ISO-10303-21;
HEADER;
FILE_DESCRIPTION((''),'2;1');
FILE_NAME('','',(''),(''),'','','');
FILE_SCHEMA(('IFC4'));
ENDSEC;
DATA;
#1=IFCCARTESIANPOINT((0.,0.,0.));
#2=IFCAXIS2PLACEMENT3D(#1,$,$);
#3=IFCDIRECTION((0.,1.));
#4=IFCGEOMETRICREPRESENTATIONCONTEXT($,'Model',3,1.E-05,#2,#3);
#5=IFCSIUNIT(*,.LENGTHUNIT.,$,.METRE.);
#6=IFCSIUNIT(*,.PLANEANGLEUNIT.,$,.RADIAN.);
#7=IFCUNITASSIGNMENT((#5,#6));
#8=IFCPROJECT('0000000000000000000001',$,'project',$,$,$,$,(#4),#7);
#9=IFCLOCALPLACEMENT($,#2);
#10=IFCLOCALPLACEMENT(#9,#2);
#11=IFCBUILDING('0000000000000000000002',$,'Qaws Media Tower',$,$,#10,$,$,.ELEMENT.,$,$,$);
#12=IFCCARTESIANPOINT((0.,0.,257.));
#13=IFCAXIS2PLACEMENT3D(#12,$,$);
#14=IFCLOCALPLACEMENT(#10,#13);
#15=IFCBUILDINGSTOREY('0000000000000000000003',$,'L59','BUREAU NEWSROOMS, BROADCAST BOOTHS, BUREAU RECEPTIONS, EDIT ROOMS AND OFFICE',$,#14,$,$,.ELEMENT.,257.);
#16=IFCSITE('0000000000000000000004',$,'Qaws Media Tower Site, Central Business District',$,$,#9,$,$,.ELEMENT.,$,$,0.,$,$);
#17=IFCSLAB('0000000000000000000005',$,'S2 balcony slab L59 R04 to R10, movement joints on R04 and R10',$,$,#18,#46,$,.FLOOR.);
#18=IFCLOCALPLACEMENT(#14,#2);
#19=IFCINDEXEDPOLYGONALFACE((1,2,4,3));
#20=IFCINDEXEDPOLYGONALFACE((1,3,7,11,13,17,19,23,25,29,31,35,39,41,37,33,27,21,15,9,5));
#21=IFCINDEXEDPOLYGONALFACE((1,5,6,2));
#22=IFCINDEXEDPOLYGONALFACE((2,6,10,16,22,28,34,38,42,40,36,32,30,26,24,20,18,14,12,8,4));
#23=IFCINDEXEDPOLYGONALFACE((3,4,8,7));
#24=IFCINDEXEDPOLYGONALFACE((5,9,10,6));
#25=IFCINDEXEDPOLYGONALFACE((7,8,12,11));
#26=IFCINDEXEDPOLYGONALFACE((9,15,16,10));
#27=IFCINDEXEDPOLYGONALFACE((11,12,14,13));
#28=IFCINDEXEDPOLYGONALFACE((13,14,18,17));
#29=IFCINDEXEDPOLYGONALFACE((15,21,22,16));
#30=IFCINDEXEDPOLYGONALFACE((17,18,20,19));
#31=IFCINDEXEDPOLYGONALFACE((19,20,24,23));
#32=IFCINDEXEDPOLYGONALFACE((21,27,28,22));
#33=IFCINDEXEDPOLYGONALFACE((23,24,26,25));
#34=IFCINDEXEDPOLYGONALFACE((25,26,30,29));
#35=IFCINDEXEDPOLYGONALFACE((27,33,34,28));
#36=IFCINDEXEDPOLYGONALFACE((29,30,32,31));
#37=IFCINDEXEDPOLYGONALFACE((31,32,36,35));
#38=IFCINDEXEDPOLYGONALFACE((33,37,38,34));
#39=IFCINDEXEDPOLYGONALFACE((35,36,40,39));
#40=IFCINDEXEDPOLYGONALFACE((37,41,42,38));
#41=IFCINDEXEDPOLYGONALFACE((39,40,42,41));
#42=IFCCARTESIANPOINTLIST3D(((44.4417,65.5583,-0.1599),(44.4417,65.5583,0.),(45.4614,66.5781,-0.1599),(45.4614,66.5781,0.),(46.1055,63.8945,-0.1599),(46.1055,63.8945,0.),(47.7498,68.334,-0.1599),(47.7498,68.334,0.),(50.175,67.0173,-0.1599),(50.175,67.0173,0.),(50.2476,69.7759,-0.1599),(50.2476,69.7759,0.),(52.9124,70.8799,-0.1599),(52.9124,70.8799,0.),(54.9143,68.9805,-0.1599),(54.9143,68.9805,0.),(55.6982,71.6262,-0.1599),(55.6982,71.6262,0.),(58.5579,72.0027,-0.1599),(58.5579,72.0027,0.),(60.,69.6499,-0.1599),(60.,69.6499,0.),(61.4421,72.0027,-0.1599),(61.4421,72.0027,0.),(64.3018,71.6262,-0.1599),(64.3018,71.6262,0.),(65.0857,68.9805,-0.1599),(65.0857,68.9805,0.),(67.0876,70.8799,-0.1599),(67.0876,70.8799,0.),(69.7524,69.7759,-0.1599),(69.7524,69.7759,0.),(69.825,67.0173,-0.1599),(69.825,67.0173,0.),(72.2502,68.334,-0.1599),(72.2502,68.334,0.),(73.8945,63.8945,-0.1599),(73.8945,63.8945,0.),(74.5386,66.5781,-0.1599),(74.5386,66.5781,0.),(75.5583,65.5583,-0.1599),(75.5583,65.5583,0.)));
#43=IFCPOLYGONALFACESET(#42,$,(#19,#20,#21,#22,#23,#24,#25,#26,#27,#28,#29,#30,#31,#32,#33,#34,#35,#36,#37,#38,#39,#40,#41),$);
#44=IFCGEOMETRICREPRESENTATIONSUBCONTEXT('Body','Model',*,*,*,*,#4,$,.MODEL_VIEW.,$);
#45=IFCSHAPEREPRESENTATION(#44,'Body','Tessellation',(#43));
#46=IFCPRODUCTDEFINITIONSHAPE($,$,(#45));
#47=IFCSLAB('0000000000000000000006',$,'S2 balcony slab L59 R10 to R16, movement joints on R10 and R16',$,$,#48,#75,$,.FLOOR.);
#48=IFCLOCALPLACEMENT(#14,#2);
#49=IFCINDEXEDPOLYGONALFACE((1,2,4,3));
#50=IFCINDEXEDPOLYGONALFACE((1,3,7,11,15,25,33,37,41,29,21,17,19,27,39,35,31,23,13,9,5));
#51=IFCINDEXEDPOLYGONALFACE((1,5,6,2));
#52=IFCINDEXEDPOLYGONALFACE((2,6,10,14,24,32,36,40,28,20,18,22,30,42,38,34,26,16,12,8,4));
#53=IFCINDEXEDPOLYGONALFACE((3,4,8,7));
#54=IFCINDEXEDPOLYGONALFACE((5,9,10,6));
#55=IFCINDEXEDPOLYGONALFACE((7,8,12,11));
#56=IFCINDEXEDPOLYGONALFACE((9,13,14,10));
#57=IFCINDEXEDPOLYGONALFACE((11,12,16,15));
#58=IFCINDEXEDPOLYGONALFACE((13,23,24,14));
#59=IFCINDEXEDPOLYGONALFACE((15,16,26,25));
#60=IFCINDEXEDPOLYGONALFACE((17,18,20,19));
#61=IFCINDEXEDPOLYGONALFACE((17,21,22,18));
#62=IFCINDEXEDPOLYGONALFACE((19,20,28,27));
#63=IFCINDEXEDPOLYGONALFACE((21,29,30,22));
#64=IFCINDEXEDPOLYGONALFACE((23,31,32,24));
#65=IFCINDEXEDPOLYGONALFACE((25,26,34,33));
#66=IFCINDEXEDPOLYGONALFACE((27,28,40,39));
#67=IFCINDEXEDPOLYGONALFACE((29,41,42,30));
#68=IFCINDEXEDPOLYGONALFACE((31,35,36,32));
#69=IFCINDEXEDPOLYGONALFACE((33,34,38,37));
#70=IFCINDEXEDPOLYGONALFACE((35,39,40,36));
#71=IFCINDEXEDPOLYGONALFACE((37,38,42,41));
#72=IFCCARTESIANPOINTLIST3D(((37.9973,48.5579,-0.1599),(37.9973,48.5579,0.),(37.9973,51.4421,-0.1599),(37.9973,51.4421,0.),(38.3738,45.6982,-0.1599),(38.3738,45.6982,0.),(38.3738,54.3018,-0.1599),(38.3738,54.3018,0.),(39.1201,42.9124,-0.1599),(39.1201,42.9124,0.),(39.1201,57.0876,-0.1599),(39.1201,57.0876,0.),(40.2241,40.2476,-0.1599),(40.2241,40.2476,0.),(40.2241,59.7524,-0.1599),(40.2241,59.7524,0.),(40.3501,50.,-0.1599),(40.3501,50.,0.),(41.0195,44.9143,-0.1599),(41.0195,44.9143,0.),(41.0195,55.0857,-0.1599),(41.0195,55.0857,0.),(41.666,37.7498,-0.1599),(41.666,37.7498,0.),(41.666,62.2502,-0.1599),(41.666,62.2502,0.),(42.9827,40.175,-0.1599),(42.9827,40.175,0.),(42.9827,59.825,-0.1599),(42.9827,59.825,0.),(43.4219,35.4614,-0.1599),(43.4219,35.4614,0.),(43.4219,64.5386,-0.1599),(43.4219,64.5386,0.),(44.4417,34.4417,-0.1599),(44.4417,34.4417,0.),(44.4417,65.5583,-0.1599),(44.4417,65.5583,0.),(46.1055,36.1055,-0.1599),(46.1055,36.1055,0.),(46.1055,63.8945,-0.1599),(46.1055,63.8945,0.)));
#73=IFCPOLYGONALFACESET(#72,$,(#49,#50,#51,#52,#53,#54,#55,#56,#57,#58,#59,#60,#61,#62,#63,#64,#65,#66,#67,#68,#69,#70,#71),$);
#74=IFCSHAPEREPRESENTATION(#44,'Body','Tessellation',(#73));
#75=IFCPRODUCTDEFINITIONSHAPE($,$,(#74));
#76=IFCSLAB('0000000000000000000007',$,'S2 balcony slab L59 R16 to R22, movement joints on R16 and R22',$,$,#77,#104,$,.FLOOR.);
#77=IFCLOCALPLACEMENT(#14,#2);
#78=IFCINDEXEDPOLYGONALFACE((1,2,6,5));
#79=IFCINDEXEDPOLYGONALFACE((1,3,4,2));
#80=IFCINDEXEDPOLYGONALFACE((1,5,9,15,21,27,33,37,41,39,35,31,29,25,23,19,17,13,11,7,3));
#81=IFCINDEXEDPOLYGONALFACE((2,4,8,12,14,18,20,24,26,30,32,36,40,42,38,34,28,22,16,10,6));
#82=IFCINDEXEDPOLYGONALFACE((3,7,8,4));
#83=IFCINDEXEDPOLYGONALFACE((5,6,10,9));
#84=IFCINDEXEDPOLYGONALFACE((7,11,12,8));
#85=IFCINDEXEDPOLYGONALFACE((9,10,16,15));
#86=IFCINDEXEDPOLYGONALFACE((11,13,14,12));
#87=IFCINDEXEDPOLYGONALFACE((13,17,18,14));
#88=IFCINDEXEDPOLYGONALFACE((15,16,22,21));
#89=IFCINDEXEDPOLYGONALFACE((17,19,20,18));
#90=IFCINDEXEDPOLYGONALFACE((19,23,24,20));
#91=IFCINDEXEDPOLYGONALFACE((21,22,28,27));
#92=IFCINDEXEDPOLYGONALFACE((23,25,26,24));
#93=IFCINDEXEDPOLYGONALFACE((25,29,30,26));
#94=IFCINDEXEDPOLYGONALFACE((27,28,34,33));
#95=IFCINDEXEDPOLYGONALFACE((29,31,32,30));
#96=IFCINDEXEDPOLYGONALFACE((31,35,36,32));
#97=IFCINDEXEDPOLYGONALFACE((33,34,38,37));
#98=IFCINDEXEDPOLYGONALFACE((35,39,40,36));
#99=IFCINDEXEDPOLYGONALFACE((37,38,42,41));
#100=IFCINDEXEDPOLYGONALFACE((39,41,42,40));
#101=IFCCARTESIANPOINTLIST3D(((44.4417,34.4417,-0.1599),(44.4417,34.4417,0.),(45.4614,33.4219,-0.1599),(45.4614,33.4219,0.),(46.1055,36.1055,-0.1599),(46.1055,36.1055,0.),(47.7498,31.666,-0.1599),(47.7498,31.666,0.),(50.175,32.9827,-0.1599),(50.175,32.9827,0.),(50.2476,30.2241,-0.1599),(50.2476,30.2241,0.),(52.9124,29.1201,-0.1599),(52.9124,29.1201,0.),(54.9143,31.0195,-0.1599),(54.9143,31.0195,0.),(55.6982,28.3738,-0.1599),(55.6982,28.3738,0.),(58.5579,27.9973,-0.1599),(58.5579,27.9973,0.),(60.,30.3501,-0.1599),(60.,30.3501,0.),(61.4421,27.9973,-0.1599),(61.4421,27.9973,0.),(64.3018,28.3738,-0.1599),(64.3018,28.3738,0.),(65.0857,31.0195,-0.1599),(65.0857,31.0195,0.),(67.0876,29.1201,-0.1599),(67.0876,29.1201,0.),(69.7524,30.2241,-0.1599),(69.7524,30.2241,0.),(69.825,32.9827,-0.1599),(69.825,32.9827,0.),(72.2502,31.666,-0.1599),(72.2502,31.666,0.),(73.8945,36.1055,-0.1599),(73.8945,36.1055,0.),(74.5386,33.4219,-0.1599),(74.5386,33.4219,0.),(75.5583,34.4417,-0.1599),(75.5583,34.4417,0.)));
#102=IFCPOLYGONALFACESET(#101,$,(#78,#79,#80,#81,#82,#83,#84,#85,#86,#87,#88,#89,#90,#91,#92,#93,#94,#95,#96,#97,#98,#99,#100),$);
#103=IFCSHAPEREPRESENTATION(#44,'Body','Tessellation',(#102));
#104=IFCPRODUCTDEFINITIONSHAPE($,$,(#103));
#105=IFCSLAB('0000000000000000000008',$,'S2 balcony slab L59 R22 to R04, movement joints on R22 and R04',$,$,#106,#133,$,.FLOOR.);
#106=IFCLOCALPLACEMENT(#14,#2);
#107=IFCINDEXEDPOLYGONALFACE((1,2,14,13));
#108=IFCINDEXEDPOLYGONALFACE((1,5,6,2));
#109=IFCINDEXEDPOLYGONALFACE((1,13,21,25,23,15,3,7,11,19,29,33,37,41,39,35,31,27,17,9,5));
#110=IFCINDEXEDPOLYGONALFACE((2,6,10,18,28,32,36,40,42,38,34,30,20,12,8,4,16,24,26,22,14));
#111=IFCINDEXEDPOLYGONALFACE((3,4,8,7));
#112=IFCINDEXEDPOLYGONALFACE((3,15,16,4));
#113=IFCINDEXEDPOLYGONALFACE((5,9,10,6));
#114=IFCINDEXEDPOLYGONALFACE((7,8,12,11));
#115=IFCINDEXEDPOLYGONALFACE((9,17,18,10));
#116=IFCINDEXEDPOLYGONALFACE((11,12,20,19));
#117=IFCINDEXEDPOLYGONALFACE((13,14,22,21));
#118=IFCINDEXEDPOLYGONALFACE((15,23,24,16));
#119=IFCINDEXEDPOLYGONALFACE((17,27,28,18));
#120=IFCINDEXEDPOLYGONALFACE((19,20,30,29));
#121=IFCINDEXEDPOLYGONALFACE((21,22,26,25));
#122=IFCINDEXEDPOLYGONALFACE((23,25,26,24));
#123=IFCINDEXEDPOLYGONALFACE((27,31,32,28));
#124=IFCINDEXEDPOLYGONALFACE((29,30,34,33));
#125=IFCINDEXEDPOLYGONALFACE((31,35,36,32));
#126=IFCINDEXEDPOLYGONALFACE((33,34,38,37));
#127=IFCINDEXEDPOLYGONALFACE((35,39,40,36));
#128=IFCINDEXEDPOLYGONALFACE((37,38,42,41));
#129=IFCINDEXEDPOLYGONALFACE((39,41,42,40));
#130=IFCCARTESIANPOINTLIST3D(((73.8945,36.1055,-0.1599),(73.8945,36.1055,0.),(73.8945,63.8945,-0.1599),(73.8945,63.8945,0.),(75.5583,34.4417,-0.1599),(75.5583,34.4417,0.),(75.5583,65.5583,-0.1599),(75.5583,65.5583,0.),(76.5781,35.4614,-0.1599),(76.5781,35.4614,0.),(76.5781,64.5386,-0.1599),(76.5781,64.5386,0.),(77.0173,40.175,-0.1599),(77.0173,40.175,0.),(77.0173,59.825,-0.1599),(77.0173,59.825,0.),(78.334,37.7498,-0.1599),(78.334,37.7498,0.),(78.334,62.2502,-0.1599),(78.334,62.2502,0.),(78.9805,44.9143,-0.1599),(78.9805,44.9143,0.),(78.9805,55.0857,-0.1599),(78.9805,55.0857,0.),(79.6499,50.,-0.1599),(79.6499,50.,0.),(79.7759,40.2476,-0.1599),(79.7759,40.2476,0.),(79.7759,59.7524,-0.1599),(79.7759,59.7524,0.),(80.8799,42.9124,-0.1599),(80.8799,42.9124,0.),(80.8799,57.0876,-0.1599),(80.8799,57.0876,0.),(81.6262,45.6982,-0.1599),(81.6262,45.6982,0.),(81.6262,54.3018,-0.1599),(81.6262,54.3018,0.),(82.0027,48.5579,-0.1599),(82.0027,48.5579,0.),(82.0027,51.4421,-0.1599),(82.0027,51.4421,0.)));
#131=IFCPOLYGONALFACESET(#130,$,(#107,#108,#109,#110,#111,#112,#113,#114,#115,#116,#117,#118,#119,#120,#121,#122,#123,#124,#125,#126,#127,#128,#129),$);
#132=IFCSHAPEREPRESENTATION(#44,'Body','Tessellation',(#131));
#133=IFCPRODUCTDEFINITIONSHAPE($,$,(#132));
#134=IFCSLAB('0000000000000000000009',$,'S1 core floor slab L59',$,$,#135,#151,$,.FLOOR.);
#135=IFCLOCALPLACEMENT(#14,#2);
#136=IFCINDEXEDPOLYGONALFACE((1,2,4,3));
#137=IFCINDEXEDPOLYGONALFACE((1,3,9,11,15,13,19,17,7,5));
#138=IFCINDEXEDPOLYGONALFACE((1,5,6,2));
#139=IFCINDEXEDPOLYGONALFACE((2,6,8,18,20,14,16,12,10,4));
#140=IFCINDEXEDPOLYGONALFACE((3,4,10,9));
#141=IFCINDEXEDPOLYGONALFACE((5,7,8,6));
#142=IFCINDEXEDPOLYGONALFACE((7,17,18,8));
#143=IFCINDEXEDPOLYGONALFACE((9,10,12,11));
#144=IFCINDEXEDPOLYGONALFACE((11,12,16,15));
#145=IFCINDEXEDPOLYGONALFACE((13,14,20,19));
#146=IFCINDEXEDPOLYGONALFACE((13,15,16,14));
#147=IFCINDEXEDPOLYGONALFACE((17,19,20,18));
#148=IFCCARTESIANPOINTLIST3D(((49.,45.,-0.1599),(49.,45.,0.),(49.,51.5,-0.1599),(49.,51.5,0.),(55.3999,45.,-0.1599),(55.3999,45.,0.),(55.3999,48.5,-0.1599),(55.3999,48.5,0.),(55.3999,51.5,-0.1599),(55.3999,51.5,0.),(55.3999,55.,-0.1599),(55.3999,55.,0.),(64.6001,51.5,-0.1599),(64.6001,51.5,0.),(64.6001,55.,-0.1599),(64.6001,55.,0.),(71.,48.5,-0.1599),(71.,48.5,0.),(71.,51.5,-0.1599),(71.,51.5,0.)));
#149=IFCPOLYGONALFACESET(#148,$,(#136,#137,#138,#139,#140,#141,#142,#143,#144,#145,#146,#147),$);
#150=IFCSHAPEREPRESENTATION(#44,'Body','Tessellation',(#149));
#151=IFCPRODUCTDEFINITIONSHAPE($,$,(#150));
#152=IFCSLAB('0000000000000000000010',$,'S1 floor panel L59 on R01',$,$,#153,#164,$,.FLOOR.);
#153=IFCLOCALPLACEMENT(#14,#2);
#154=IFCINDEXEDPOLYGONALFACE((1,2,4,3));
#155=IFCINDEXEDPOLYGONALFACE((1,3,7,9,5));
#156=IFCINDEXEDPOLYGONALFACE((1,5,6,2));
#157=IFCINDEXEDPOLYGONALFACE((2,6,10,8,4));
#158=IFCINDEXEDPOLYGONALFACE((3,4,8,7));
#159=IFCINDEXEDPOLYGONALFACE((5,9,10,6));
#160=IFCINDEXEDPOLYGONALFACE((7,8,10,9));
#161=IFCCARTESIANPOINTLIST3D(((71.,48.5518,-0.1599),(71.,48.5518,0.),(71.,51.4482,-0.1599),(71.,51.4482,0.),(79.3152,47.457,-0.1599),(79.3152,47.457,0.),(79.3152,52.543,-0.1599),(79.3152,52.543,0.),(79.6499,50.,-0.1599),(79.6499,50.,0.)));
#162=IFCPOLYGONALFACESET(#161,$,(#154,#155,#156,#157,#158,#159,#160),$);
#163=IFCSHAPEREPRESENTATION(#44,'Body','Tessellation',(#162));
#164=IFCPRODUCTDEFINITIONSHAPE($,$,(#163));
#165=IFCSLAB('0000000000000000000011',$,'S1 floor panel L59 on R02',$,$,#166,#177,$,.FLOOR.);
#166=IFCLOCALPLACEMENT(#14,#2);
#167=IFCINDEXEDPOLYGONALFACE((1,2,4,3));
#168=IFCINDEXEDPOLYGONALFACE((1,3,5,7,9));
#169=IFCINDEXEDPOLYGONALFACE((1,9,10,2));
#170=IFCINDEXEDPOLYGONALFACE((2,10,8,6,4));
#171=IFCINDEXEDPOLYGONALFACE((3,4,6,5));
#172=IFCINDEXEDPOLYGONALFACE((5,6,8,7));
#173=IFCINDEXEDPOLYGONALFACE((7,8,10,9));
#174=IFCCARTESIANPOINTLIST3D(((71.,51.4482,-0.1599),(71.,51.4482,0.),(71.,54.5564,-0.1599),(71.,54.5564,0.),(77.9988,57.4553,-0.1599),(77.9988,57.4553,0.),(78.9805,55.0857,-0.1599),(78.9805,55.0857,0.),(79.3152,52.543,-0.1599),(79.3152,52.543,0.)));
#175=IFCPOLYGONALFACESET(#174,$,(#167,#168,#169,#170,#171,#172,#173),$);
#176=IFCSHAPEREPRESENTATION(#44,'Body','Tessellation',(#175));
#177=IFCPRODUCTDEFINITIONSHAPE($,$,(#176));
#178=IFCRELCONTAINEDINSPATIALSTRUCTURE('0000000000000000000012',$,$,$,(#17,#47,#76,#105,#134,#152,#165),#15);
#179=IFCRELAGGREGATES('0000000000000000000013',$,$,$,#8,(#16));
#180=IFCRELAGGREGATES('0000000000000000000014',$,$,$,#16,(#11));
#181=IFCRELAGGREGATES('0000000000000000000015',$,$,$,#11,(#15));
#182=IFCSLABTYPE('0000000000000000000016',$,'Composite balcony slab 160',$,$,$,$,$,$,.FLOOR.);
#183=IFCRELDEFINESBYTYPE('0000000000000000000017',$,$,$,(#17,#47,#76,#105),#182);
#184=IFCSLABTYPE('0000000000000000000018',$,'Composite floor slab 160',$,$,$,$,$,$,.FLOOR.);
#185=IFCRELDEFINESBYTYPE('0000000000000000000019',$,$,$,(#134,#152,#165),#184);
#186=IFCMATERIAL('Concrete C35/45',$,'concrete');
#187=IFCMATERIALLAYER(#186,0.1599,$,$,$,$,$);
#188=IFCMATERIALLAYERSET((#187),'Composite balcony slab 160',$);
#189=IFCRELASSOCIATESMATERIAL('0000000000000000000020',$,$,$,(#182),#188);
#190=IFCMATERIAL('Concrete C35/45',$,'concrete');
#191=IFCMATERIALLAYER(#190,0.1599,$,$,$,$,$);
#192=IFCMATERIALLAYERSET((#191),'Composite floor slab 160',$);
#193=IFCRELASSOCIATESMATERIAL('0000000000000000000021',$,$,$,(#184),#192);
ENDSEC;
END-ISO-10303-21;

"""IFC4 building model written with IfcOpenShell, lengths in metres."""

from ifc_helpers import new_model, si_unit, direction, frame, origin, place, context, subcontext, project, spatial, polyline, outline, extrude, material, layer, layer_set, type_object, element, save


model = new_model("IFC4")

# Units and contexts
model_context = context("Model", 3, precision=1e-05, world=origin(), true_north=direction((0.0, 1.0)))
body_context = subcontext(model_context, "Body", "Model", "MODEL_VIEW")
ifc_project = project(units=[si_unit("LENGTHUNIT", "METRE"), si_unit("PLANEANGLEUNIT", "RADIAN")], contexts=[model_context])

# Site, building, storey
site_placement = place(None, origin())
site = spatial("IfcSite", under=ifc_project, at=site_placement, Name="Qaws Media Tower Site, Central Business District", CompositionType="ELEMENT", RefElevation=0.0)
building_placement = place(site_placement, origin())
building = spatial("IfcBuilding", under=site, at=building_placement, Name="Qaws Media Tower", CompositionType="ELEMENT")
storey_placement = place(building_placement, frame((0.0, 0.0, 257.0)))
storey = spatial("IfcBuildingStorey", under=building, at=storey_placement, Name="L59", Description="BUREAU NEWSROOMS, BROADCAST BOOTHS, BUREAU RECEPTIONS, EDIT ROOMS AND OFFICE", CompositionType="ELEMENT", Elevation=257.0)

# Slabs
ifc_material_1 = material(Name="Concrete C35/45", Category="concrete")
ifc_layer_1 = layer(ifc_material_1, 0.1599)
ifc_layer_set_1 = layer_set([ifc_layer_1], Name="Composite balcony slab 160")
slab_type_1 = type_object("IfcSlabType", Name="Composite balcony slab 160", PredefinedType="FLOOR", material=ifc_layer_set_1)
slab_1_placement = place(storey_placement, frame((0.0, 0.0, -0.1599)))
element("IfcSlab", 1, at=slab_1_placement, inside=storey, type_object=slab_type_1, Name="S2 balcony slab L59 R04 to R10, movement joints on R04 and R10", PredefinedType="FLOOR", context=body_context, shape_type="SweptSolid", body=[
    extrude(outline(polyline([(45.4614, 66.5781), (47.7498, 68.334), (50.2476, 69.7759), (52.9124, 70.8799), (55.6982, 71.6262), (58.5579, 72.0027), (61.4421, 72.0027), (64.3018, 71.6262), (67.0876, 70.8799), (69.7524, 69.7759), (72.2502, 68.334), (74.5386, 66.5781), (75.5583, 65.5583), (73.8945, 63.8945), (69.825, 67.0173), (65.0857, 68.9805), (60.0, 69.6499), (54.9143, 68.9805), (50.175, 67.0173), (46.1055, 63.8945), (44.4417, 65.5583), (45.4614, 66.5781)])), origin(), (0.0, 0.0, 1.0), 0.1599),
])
slab_2_placement = place(storey_placement, frame((0.0, 0.0, -0.1599)))
element("IfcSlab", 2, at=slab_2_placement, inside=storey, type_object=slab_type_1, Name="S2 balcony slab L59 R10 to R16, movement joints on R10 and R16", PredefinedType="FLOOR", context=body_context, shape_type="SweptSolid", body=[
    extrude(outline(polyline([(43.4219, 35.4614), (41.666, 37.7498), (40.2241, 40.2476), (39.1201, 42.9124), (38.3738, 45.6982), (37.9973, 48.5579), (37.9973, 51.4421), (38.3738, 54.3018), (39.1201, 57.0876), (40.2241, 59.7524), (41.666, 62.2502), (43.4219, 64.5386), (44.4417, 65.5583), (46.1055, 63.8945), (42.9827, 59.825), (41.0195, 55.0857), (40.3501, 50.0), (41.0195, 44.9143), (42.9827, 40.175), (46.1055, 36.1055), (44.4417, 34.4417), (43.4219, 35.4614)])), origin(), (0.0, 0.0, 1.0), 0.1599),
])
slab_3_placement = place(storey_placement, frame((0.0, 0.0, -0.1599)))
element("IfcSlab", 3, at=slab_3_placement, inside=storey, type_object=slab_type_1, Name="S2 balcony slab L59 R16 to R22, movement joints on R16 and R22", PredefinedType="FLOOR", context=body_context, shape_type="SweptSolid", body=[
    extrude(outline(polyline([(74.5386, 33.4219), (72.2502, 31.666), (69.7524, 30.2241), (67.0876, 29.1201), (64.3018, 28.3738), (61.4421, 27.9973), (58.5579, 27.9973), (55.6982, 28.3738), (52.9124, 29.1201), (50.2476, 30.2241), (47.7498, 31.666), (45.4614, 33.4219), (44.4417, 34.4417), (46.1055, 36.1055), (50.175, 32.9827), (54.9143, 31.0195), (60.0, 30.3501), (65.0857, 31.0195), (69.825, 32.9827), (73.8945, 36.1055), (75.5583, 34.4417), (74.5386, 33.4219)])), origin(), (0.0, 0.0, 1.0), 0.1599),
])
slab_4_placement = place(storey_placement, frame((0.0, 0.0, -0.1599)))
element("IfcSlab", 4, at=slab_4_placement, inside=storey, type_object=slab_type_1, Name="S2 balcony slab L59 R22 to R04, movement joints on R22 and R04", PredefinedType="FLOOR", context=body_context, shape_type="SweptSolid", body=[
    extrude(outline(polyline([(81.6262, 45.6982), (80.8799, 42.9124), (79.7759, 40.2476), (78.334, 37.7498), (76.5781, 35.4614), (75.5583, 34.4417), (73.8945, 36.1055), (77.0173, 40.175), (78.9805, 44.9143), (79.6499, 50.0), (78.9805, 55.0857), (77.0173, 59.825), (73.8945, 63.8945), (75.5583, 65.5583), (76.5781, 64.5386), (78.334, 62.2502), (79.7759, 59.7524), (80.8799, 57.0876), (81.6262, 54.3018), (82.0027, 51.4421), (82.0027, 48.5579), (81.6262, 45.6982)])), origin(), (0.0, 0.0, 1.0), 0.1599),
])
ifc_material_2 = material(Name="Concrete C35/45", Category="concrete")
ifc_layer_2 = layer(ifc_material_2, 0.1599)
ifc_layer_set_2 = layer_set([ifc_layer_2], Name="Composite floor slab 160")
slab_type_2 = type_object("IfcSlabType", Name="Composite floor slab 160", PredefinedType="FLOOR", material=ifc_layer_set_2)
slab_5_placement = place(storey_placement, frame((0.0, 0.0, -0.1599)))
element("IfcSlab", 5, at=slab_5_placement, inside=storey, type_object=slab_type_2, Name="S1 core floor slab L59", PredefinedType="FLOOR", context=body_context, shape_type="SweptSolid", body=[
    extrude(outline(polyline([(71.0, 51.5), (71.0, 48.5), (55.3999, 48.5), (55.3999, 45.0), (49.0, 45.0), (49.0, 51.5), (55.3999, 51.5), (55.3999, 55.0), (64.6001, 55.0), (64.6001, 51.5), (71.0, 51.5)])), origin(), (0.0, 0.0, 1.0), 0.1599),
])
slab_6_placement = place(storey_placement, frame((0.0, 0.0, -0.1599)))
element("IfcSlab", 6, at=slab_6_placement, inside=storey, type_object=slab_type_2, Name="S1 floor panel L59 on R01", PredefinedType="FLOOR", context=body_context, shape_type="SweptSolid", body=[
    extrude(outline(polyline([(79.6499, 50.0), (79.3152, 47.457), (71.0, 48.5518), (71.0, 51.4482), (79.3152, 52.543), (79.6499, 50.0)])), origin(), (0.0, 0.0, 1.0), 0.1599),
])
slab_7_placement = place(storey_placement, frame((0.0, 0.0, -0.1599)))
element("IfcSlab", 7, at=slab_7_placement, inside=storey, type_object=slab_type_2, Name="S1 floor panel L59 on R02", PredefinedType="FLOOR", context=body_context, shape_type="SweptSolid", body=[
    extrude(outline(polyline([(78.9805, 55.0857), (79.3152, 52.543), (71.0, 51.4482), (71.0, 54.5564), (77.9988, 57.4553), (78.9805, 55.0857)])), origin(), (0.0, 0.0, 1.0), 0.1599),
])

save(model, "model.ifc")
